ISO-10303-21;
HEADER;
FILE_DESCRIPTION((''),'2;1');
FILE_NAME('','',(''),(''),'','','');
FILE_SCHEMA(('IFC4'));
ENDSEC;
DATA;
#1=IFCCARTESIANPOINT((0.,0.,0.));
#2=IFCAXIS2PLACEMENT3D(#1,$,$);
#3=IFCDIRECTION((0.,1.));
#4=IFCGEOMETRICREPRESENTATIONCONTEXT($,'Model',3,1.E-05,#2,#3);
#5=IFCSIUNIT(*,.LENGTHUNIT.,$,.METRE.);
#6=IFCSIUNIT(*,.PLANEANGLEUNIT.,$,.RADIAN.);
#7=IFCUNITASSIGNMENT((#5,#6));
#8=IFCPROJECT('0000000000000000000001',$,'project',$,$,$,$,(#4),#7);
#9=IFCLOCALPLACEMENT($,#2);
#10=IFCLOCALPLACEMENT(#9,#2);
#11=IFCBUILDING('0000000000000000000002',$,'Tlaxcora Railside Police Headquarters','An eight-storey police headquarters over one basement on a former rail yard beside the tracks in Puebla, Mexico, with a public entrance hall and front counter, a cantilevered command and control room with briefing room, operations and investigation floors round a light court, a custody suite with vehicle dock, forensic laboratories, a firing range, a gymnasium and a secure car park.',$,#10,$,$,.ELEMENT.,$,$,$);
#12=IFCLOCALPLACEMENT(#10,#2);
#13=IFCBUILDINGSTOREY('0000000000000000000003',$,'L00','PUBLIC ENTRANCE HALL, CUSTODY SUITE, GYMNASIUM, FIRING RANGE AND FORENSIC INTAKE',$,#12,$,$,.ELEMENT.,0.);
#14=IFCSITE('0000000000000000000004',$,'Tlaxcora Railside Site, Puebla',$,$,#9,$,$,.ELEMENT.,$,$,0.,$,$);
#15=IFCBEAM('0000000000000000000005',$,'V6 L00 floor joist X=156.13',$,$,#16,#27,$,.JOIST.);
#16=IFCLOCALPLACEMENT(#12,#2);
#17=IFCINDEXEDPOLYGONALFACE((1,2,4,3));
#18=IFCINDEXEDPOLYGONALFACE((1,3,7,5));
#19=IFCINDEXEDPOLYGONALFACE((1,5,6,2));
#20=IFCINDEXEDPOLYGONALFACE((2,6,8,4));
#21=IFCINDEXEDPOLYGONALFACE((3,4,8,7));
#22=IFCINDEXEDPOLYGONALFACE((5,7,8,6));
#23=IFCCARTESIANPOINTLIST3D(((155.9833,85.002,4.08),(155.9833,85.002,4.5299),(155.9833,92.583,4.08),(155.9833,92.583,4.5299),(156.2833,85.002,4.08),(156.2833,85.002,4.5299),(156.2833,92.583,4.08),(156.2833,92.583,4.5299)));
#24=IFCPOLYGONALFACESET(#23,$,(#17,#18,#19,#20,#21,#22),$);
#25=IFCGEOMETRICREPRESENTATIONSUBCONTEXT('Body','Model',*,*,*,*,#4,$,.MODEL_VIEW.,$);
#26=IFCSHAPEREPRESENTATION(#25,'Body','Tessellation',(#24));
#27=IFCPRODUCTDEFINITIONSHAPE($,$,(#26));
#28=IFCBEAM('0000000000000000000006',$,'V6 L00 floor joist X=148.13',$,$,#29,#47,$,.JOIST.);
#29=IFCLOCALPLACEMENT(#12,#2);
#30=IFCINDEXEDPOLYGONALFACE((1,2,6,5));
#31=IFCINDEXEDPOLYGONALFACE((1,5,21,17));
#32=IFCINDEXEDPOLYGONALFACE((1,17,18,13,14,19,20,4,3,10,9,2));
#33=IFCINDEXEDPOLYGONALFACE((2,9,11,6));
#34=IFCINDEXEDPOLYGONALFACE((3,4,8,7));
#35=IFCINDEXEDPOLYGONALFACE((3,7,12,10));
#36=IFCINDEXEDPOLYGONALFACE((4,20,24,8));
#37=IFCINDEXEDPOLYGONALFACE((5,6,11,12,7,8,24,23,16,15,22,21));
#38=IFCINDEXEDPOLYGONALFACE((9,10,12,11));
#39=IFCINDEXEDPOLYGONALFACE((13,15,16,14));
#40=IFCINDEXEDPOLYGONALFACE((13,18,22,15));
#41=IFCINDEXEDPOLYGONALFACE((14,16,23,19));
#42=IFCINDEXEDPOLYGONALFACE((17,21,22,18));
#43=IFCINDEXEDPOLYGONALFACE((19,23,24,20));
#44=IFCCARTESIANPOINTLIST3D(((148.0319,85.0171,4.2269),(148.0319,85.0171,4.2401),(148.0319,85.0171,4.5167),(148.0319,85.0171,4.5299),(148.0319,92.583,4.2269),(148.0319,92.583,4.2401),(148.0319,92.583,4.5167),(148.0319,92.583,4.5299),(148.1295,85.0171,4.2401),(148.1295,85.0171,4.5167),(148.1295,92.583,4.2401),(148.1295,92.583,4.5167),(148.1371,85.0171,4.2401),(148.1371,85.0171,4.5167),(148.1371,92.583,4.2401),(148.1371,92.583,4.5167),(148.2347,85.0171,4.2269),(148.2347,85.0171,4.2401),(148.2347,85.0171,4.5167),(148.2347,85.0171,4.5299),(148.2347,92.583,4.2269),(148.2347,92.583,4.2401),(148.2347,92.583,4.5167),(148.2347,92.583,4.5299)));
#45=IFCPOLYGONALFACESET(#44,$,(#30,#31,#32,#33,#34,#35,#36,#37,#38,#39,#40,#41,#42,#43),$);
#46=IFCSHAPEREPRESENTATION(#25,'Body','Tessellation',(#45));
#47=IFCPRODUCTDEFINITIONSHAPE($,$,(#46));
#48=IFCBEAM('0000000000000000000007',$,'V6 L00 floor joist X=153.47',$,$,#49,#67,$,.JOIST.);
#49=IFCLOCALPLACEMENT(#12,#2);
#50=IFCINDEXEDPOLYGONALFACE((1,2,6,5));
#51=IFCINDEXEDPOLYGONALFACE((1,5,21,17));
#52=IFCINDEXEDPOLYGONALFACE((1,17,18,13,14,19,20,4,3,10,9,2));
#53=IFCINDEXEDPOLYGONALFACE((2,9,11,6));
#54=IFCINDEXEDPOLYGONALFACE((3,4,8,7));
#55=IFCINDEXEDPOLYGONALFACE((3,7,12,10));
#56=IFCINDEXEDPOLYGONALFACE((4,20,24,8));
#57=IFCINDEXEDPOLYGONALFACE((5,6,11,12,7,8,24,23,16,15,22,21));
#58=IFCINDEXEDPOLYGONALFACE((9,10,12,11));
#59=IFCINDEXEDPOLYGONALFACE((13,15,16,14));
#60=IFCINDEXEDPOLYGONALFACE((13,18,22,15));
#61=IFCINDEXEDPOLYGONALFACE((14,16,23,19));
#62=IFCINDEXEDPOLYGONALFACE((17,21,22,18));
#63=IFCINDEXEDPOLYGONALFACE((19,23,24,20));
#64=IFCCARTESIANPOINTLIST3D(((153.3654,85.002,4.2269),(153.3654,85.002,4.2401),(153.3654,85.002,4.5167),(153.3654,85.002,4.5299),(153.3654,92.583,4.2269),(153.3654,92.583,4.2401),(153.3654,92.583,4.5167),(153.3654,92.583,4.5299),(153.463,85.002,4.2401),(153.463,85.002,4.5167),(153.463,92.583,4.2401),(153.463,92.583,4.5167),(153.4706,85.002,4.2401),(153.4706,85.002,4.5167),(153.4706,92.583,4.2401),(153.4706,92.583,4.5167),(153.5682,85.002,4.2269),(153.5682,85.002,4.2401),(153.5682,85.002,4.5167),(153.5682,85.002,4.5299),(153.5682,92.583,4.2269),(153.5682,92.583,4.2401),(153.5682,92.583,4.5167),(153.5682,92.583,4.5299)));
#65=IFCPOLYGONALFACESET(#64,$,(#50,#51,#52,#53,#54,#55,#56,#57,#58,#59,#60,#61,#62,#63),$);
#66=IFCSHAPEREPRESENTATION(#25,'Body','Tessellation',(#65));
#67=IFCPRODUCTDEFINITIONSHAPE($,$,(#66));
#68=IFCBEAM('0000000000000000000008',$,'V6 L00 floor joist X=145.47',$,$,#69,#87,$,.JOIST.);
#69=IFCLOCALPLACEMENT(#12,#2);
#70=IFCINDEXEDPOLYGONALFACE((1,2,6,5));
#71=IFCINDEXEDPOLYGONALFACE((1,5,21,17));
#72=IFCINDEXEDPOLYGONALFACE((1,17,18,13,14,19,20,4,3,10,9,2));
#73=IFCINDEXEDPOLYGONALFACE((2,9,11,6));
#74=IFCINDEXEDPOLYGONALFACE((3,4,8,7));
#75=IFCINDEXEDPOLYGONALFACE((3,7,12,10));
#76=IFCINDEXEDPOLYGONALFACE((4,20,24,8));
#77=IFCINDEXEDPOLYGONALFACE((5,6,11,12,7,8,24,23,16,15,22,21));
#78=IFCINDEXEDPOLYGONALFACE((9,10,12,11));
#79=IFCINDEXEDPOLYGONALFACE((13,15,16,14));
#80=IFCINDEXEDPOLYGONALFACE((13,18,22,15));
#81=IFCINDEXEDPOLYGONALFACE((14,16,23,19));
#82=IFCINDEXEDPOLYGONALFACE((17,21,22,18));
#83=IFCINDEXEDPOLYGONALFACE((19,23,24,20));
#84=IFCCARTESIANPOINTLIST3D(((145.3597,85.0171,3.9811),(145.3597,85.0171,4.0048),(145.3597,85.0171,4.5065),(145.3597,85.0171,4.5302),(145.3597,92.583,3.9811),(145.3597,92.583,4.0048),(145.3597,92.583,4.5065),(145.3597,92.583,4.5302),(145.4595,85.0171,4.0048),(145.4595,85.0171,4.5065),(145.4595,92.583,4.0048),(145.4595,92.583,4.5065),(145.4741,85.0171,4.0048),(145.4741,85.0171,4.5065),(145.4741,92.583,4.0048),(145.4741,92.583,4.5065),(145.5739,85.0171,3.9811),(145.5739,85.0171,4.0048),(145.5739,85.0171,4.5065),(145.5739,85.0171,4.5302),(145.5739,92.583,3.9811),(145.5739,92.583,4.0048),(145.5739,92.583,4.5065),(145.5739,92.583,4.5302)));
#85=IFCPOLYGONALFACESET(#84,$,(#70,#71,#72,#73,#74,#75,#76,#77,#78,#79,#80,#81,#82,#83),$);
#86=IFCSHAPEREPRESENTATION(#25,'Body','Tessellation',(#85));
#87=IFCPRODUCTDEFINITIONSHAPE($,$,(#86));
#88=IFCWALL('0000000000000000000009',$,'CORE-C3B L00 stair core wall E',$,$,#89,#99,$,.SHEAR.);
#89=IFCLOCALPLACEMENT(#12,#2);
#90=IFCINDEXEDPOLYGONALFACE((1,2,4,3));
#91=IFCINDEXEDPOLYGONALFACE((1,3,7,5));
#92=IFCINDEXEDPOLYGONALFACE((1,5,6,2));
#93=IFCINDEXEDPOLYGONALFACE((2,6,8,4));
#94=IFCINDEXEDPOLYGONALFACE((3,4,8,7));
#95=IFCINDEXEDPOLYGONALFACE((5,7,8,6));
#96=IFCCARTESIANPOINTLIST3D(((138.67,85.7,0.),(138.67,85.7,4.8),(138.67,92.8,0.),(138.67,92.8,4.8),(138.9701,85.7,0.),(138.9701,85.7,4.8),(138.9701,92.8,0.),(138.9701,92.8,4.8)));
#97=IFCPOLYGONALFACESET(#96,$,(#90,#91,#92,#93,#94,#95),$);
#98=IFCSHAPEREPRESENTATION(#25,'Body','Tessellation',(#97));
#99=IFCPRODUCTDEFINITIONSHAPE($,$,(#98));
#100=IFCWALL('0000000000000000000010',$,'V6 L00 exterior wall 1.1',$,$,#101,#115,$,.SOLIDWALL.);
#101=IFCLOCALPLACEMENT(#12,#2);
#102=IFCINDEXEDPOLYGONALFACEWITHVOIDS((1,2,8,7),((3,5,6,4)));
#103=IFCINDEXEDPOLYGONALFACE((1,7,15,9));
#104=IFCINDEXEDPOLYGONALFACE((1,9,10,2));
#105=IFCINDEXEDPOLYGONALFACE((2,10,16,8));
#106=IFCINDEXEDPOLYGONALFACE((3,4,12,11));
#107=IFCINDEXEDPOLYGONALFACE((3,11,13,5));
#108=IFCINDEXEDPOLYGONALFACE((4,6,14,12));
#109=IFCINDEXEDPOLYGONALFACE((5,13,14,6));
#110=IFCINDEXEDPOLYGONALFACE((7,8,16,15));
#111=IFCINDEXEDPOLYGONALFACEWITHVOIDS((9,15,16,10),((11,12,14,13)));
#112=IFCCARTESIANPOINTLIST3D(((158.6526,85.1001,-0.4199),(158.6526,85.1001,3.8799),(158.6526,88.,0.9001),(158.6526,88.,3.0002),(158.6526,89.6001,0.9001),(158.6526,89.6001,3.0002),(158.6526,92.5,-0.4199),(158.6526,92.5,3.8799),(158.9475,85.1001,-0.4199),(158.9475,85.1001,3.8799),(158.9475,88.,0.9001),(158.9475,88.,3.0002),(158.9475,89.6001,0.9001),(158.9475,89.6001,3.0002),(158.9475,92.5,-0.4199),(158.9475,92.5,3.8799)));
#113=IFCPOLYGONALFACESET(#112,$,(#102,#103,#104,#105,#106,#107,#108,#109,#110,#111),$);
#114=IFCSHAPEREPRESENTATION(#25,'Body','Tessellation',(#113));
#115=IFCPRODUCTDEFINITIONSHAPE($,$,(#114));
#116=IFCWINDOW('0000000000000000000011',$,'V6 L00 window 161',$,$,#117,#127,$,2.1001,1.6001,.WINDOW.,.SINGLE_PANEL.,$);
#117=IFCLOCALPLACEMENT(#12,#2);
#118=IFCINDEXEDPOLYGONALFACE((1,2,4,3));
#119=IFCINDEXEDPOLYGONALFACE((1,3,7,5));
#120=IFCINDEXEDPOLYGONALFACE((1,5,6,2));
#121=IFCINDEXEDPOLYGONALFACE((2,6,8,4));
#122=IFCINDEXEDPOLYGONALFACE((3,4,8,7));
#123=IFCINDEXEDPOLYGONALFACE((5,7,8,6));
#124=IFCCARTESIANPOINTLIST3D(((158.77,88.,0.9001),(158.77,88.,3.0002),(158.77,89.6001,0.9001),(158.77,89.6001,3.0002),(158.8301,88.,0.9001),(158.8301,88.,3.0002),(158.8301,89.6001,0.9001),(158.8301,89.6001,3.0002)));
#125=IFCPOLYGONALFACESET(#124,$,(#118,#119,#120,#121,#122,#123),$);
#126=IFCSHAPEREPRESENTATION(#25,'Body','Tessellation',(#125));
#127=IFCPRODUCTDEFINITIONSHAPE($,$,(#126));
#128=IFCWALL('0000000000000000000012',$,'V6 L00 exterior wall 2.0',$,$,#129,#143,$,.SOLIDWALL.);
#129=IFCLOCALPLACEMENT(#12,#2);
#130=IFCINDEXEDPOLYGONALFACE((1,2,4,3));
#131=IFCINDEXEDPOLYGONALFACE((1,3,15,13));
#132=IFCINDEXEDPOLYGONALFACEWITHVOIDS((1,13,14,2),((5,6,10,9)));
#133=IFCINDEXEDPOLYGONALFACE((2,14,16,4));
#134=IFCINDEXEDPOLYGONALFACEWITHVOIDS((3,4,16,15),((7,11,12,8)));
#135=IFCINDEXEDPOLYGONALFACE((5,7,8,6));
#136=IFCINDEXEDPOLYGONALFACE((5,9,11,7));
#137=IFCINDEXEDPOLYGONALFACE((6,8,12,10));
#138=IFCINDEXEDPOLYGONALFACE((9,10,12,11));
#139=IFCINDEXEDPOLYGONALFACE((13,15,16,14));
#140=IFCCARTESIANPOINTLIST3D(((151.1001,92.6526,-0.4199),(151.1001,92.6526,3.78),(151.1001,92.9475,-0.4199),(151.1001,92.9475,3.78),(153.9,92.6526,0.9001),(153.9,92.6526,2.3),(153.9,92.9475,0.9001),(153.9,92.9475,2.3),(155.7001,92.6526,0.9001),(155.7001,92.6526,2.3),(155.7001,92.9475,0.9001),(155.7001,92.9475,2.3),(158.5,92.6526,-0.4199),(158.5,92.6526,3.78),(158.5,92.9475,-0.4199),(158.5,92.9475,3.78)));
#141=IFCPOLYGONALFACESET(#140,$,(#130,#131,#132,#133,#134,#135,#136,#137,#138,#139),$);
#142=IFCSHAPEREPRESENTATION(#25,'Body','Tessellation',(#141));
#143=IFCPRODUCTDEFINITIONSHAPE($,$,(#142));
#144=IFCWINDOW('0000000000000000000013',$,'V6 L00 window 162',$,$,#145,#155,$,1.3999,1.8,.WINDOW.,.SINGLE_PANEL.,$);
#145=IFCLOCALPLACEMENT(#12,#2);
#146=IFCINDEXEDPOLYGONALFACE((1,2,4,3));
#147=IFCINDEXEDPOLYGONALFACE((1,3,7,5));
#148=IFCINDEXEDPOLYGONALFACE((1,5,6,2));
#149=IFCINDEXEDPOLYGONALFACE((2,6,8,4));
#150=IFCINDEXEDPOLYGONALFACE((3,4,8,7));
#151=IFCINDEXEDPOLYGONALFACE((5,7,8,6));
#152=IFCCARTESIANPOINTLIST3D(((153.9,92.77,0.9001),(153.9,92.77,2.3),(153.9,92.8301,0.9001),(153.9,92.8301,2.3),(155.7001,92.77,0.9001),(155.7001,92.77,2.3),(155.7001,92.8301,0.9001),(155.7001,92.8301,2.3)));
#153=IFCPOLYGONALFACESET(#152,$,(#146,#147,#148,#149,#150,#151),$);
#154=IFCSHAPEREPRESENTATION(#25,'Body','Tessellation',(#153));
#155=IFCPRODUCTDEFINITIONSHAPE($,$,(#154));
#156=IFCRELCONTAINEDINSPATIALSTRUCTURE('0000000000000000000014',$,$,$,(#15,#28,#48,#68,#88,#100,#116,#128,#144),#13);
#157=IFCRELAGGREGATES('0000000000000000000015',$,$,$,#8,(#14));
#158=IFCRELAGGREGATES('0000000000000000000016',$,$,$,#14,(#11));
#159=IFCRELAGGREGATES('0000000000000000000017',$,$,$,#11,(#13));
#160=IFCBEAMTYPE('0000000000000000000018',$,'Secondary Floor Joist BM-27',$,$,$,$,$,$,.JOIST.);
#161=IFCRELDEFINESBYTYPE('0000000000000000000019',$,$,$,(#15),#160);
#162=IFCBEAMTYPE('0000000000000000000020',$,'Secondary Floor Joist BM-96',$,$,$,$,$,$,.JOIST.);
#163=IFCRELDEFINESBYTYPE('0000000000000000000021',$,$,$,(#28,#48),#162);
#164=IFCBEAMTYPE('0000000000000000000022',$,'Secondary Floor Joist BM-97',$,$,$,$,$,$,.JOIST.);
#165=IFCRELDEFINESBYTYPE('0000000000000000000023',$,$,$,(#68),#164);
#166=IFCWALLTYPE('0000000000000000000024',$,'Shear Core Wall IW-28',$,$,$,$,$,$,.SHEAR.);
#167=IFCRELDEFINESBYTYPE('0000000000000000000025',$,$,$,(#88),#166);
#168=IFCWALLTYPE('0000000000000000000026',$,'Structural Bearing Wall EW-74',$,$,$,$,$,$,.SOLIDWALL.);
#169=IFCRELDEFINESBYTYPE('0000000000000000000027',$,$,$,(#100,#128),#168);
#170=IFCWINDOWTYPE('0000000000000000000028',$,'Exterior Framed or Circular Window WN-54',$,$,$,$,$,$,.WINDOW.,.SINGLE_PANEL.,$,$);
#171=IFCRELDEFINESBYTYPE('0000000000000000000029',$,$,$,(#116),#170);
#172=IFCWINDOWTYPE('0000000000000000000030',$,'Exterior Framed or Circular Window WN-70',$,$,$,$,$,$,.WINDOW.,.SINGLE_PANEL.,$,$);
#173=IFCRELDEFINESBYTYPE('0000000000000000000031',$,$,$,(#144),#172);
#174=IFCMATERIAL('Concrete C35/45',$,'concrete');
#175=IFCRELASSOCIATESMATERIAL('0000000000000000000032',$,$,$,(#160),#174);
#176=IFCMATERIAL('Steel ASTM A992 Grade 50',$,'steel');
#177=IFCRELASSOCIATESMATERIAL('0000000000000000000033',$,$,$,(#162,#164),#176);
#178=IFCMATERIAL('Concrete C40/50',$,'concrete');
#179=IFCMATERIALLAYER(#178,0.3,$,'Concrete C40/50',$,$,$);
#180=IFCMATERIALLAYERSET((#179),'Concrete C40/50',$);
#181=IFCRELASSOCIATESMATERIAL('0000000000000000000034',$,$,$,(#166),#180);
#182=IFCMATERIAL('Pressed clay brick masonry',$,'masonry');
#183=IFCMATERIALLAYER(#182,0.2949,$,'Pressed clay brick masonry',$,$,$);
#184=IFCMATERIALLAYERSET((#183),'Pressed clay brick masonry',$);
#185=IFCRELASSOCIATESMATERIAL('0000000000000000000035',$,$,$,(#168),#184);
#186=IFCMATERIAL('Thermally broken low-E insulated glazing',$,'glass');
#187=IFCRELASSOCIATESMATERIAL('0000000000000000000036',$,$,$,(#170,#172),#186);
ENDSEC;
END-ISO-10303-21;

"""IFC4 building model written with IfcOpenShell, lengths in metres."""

from ifc_helpers import new_model, si_unit, direction, frame, frame_2d, origin, origin_2d, place, context, subcontext, project, spatial, rectangle, i_section, extrude, material, layer, layer_set, material_profile, profile_set, type_object, element, fill, save


model = new_model("IFC4")

# Units and contexts
model_context = context("Model", 3, precision=1e-05, world=origin(), true_north=direction((0.0, 1.0)))
body_context = subcontext(model_context, "Body", "Model", "MODEL_VIEW")
ifc_project = project(units=[si_unit("LENGTHUNIT", "METRE"), si_unit("PLANEANGLEUNIT", "RADIAN")], contexts=[model_context])

# Site, building, storey
site_placement = place(None, origin())
site = spatial("IfcSite", under=ifc_project, at=site_placement, Name="Tlaxcora Railside Site, Puebla", CompositionType="ELEMENT", RefElevation=0.0)
building_placement = place(site_placement, origin())
building = spatial("IfcBuilding", under=site, at=building_placement, Name="Tlaxcora Railside Police Headquarters", Description="An eight-storey police headquarters over one basement on a former rail yard beside the tracks in Puebla, Mexico, with a public entrance hall and front counter, a cantilevered command and control room with briefing room, operations and investigation floors round a light court, a custody suite with vehicle dock, forensic laboratories, a firing range, a gymnasium and a secure car park.", CompositionType="ELEMENT")
storey_placement = place(building_placement, origin())
storey = spatial("IfcBuildingStorey", under=building, at=storey_placement, Name="L00", Description="PUBLIC ENTRANCE HALL, CUSTODY SUITE, GYMNASIUM, FIRING RANGE AND FORENSIC INTAKE", CompositionType="ELEMENT", Elevation=0.0)

# Shared definitions
ifc_material_1 = material(Name="Concrete C40/50", Category="concrete")

# Beams
ifc_material_2 = material(Name="Concrete C35/45", Category="concrete")
ifc_material_profile_1 = material_profile(ifc_material_2, rectangle(XDim=0.3, YDim=0.45, at=origin_2d()), Name="RC300X450")
ifc_profile_set_1 = profile_set([ifc_material_profile_1], Name="Concrete C35/45")
beam_type_1 = type_object("IfcBeamType", Name="Secondary Floor Joist BM-27", PredefinedType="JOIST", material=ifc_profile_set_1)
beam_1_placement = place(storey_placement, frame((156.1333, 85.002, 4.3049), z_axis=(0.0, 1.0, 0.0), x_axis=(-1.0, 0.0, 0.0)))
element("IfcBeam", 1, at=beam_1_placement, inside=storey, type_object=beam_type_1, Name="V6 L00 floor joist X=156.13", PredefinedType="JOIST", context=body_context, shape_type="SweptSolid", body=[
    extrude(rectangle(XDim=0.3, YDim=0.45, at=origin_2d()), origin(), (0.0, 0.0, 1.0), 7.5811),
])
ifc_material_3 = material(Name="Steel ASTM A992 Grade 50", Category="steel")
ifc_material_profile_2 = material_profile(ifc_material_3, i_section(OverallWidth=0.2029, OverallDepth=0.303, WebThickness=0.0076, FlangeThickness=0.0132, at=origin_2d()), Name="W12X40")
ifc_profile_set_2 = profile_set([ifc_material_profile_2], Name="Steel ASTM A992 Grade 50")
beam_type_2 = type_object("IfcBeamType", Name="Secondary Floor Joist BM-96", PredefinedType="JOIST", material=ifc_profile_set_2)
beam_2_placement = place(storey_placement, frame((148.1333, 85.0171, 4.3784), z_axis=(0.0, 1.0, 0.0), x_axis=(-1.0, 0.0, 0.0)))
element("IfcBeam", 2, at=beam_2_placement, inside=storey, type_object=beam_type_2, Name="V6 L00 floor joist X=148.13", PredefinedType="JOIST", context=body_context, shape_type="SweptSolid", body=[
    extrude(i_section(OverallWidth=0.2029, OverallDepth=0.303, WebThickness=0.0076, FlangeThickness=0.0132, at=origin_2d()), origin(), (0.0, 0.0, 1.0), 7.5659),
])
beam_3_placement = place(storey_placement, frame((153.4668, 85.002, 4.3784), z_axis=(0.0, 1.0, 0.0), x_axis=(-1.0, 0.0, 0.0)))
element("IfcBeam", 3, at=beam_3_placement, inside=storey, type_object=beam_type_2, Name="V6 L00 floor joist X=153.47", PredefinedType="JOIST", context=body_context, shape_type="SweptSolid", body=[
    extrude(i_section(OverallWidth=0.2029, OverallDepth=0.303, WebThickness=0.0076, FlangeThickness=0.0132, at=origin_2d()), origin(), (0.0, 0.0, 1.0), 7.5811),
])
ifc_material_profile_3 = material_profile(ifc_material_3, i_section(OverallWidth=0.2141, OverallDepth=0.5491, WebThickness=0.0146, FlangeThickness=0.0237, at=origin_2d()), Name="W21X93")
ifc_profile_set_3 = profile_set([ifc_material_profile_3], Name="Steel ASTM A992 Grade 50")
beam_type_3 = type_object("IfcBeamType", Name="Secondary Floor Joist BM-97", PredefinedType="JOIST", material=ifc_profile_set_3)
beam_4_placement = place(storey_placement, frame((145.4668, 85.0171, 4.2556), z_axis=(0.0, 1.0, 0.0), x_axis=(-1.0, 0.0, 0.0)))
element("IfcBeam", 4, at=beam_4_placement, inside=storey, type_object=beam_type_3, Name="V6 L00 floor joist X=145.47", PredefinedType="JOIST", context=body_context, shape_type="SweptSolid", body=[
    extrude(i_section(OverallWidth=0.2141, OverallDepth=0.5491, WebThickness=0.0146, FlangeThickness=0.0237, at=origin_2d()), origin(), (0.0, 0.0, 1.0), 7.5659),
])

# Wall
ifc_layer_1 = layer(ifc_material_1, 0.3, Name="Concrete C40/50")
ifc_layer_set_1 = layer_set([ifc_layer_1], Name="Concrete C40/50")
wall_type_1 = type_object("IfcWallType", Name="Shear Core Wall IW-28", PredefinedType="SHEAR", material=ifc_layer_set_1)
wall_1_placement = place(storey_placement, frame((138.8201, 85.7, 0.0), z_axis=(0.0, 0.0, 1.0), x_axis=(0.0, 1.0, 0.0)))
element("IfcWall", 5, at=wall_1_placement, inside=storey, type_object=wall_type_1, Name="CORE-C3B L00 stair core wall E", PredefinedType="SHEAR", context=body_context, shape_type="SweptSolid", body=[
    extrude(rectangle(XDim=7.1001, YDim=0.3, at=frame_2d((3.55, 0.0))), origin(), (0.0, 0.0, 1.0), 4.8),
])

# Walls, openings, windows
ifc_material_4 = material(Name="Pressed clay brick masonry", Category="masonry")
ifc_layer_2 = layer(ifc_material_4, 0.2949, Name="Pressed clay brick masonry")
ifc_layer_set_2 = layer_set([ifc_layer_2], Name="Pressed clay brick masonry")
wall_type_2 = type_object("IfcWallType", Name="Structural Bearing Wall EW-74", PredefinedType="SOLIDWALL", material=ifc_layer_set_2)
wall_2_placement = place(storey_placement, frame((158.8, 85.1001, -0.4199), z_axis=(0.0, 0.0, 1.0), x_axis=(0.0, 1.0, 0.0)))
wall_2 = element("IfcWall", 6, at=wall_2_placement, inside=storey, type_object=wall_type_2, Name="V6 L00 exterior wall 1.1", PredefinedType="SOLIDWALL", context=body_context, shape_type="SweptSolid", body=[
    extrude(rectangle(XDim=7.3999, YDim=0.2949, at=frame_2d((3.7, 0.0))), origin(), (0.0, 0.0, 1.0), 4.2998),
])
opening_1_placement = place(wall_2_placement, frame((2.8999, 0.0, 1.3201)))
opening_1 = element("IfcOpeningElement", 7, at=opening_1_placement, cuts=wall_2, PredefinedType="OPENING", context=body_context, shape_type="SweptSolid", body=[
    extrude(rectangle(XDim=1.6001, YDim=2.1001, at=frame_2d((0.8, 1.05))), frame((0.0, 0.1575, 0.0), z_axis=(0.0, -1.0, 0.0), x_axis=(1.0, 0.0, 0.0)), (0.0, 0.0, 1.0), 0.3149),
])
ifc_material_5 = material(Name="Thermally broken low-E insulated glazing", Category="glass")
window_type_1 = type_object("IfcWindowType", Name="Exterior Framed or Circular Window WN-54", PartitioningType="SINGLE_PANEL", PredefinedType="WINDOW", material=ifc_material_5)
window_1_placement = place(opening_1_placement, origin())
window_1 = element("IfcWindow", 8, at=window_1_placement, inside=storey, type_object=window_type_1, Name="V6 L00 window 161", OverallHeight=2.1001, OverallWidth=1.6001, PartitioningType="SINGLE_PANEL", PredefinedType="WINDOW", context=body_context, shape_type="SweptSolid", body=[
    extrude(rectangle(XDim=1.6001, YDim=2.1001, at=frame_2d((0.8, 1.05))), frame((0.0, 0.03, 0.0), z_axis=(0.0, -1.0, 0.0), x_axis=(1.0, 0.0, 0.0)), (0.0, 0.0, 1.0), 0.0601),
])
fill(opening_1, window_1)
wall_3_placement = place(storey_placement, frame((158.5, 92.8, -0.4199), z_axis=(0.0, 0.0, 1.0), x_axis=(-1.0, 0.0, 0.0)))
wall_3 = element("IfcWall", 9, at=wall_3_placement, inside=storey, type_object=wall_type_2, Name="V6 L00 exterior wall 2.0", PredefinedType="SOLIDWALL", context=body_context, shape_type="SweptSolid", body=[
    extrude(rectangle(XDim=7.3999, YDim=0.2949, at=frame_2d((3.7, 0.0))), origin(), (0.0, 0.0, 1.0), 4.2),
])
opening_2_placement = place(wall_3_placement, frame((2.8, 0.0, 1.3201)))
opening_2 = element("IfcOpeningElement", 10, at=opening_2_placement, cuts=wall_3, PredefinedType="OPENING", context=body_context, shape_type="SweptSolid", body=[
    extrude(rectangle(XDim=1.8, YDim=1.3999, at=frame_2d((0.8999, 0.7))), frame((0.0, 0.1575, 0.0), z_axis=(0.0, -1.0, 0.0), x_axis=(1.0, 0.0, 0.0)), (0.0, 0.0, 1.0), 0.3149),
])
window_type_2 = type_object("IfcWindowType", Name="Exterior Framed or Circular Window WN-70", PartitioningType="SINGLE_PANEL", PredefinedType="WINDOW", material=ifc_material_5)
window_2_placement = place(opening_2_placement, origin())
window_2 = element("IfcWindow", 11, at=window_2_placement, inside=storey, type_object=window_type_2, Name="V6 L00 window 162", OverallHeight=1.3999, OverallWidth=1.8, PartitioningType="SINGLE_PANEL", PredefinedType="WINDOW", context=body_context, shape_type="SweptSolid", body=[
    extrude(rectangle(XDim=1.8, YDim=1.3999, at=frame_2d((0.8999, 0.7))), frame((0.0, 0.03, 0.0), z_axis=(0.0, -1.0, 0.0), x_axis=(1.0, 0.0, 0.0)), (0.0, 0.0, 1.0), 0.0601),
])
fill(opening_2, window_2)

save(model, "model.ifc")
